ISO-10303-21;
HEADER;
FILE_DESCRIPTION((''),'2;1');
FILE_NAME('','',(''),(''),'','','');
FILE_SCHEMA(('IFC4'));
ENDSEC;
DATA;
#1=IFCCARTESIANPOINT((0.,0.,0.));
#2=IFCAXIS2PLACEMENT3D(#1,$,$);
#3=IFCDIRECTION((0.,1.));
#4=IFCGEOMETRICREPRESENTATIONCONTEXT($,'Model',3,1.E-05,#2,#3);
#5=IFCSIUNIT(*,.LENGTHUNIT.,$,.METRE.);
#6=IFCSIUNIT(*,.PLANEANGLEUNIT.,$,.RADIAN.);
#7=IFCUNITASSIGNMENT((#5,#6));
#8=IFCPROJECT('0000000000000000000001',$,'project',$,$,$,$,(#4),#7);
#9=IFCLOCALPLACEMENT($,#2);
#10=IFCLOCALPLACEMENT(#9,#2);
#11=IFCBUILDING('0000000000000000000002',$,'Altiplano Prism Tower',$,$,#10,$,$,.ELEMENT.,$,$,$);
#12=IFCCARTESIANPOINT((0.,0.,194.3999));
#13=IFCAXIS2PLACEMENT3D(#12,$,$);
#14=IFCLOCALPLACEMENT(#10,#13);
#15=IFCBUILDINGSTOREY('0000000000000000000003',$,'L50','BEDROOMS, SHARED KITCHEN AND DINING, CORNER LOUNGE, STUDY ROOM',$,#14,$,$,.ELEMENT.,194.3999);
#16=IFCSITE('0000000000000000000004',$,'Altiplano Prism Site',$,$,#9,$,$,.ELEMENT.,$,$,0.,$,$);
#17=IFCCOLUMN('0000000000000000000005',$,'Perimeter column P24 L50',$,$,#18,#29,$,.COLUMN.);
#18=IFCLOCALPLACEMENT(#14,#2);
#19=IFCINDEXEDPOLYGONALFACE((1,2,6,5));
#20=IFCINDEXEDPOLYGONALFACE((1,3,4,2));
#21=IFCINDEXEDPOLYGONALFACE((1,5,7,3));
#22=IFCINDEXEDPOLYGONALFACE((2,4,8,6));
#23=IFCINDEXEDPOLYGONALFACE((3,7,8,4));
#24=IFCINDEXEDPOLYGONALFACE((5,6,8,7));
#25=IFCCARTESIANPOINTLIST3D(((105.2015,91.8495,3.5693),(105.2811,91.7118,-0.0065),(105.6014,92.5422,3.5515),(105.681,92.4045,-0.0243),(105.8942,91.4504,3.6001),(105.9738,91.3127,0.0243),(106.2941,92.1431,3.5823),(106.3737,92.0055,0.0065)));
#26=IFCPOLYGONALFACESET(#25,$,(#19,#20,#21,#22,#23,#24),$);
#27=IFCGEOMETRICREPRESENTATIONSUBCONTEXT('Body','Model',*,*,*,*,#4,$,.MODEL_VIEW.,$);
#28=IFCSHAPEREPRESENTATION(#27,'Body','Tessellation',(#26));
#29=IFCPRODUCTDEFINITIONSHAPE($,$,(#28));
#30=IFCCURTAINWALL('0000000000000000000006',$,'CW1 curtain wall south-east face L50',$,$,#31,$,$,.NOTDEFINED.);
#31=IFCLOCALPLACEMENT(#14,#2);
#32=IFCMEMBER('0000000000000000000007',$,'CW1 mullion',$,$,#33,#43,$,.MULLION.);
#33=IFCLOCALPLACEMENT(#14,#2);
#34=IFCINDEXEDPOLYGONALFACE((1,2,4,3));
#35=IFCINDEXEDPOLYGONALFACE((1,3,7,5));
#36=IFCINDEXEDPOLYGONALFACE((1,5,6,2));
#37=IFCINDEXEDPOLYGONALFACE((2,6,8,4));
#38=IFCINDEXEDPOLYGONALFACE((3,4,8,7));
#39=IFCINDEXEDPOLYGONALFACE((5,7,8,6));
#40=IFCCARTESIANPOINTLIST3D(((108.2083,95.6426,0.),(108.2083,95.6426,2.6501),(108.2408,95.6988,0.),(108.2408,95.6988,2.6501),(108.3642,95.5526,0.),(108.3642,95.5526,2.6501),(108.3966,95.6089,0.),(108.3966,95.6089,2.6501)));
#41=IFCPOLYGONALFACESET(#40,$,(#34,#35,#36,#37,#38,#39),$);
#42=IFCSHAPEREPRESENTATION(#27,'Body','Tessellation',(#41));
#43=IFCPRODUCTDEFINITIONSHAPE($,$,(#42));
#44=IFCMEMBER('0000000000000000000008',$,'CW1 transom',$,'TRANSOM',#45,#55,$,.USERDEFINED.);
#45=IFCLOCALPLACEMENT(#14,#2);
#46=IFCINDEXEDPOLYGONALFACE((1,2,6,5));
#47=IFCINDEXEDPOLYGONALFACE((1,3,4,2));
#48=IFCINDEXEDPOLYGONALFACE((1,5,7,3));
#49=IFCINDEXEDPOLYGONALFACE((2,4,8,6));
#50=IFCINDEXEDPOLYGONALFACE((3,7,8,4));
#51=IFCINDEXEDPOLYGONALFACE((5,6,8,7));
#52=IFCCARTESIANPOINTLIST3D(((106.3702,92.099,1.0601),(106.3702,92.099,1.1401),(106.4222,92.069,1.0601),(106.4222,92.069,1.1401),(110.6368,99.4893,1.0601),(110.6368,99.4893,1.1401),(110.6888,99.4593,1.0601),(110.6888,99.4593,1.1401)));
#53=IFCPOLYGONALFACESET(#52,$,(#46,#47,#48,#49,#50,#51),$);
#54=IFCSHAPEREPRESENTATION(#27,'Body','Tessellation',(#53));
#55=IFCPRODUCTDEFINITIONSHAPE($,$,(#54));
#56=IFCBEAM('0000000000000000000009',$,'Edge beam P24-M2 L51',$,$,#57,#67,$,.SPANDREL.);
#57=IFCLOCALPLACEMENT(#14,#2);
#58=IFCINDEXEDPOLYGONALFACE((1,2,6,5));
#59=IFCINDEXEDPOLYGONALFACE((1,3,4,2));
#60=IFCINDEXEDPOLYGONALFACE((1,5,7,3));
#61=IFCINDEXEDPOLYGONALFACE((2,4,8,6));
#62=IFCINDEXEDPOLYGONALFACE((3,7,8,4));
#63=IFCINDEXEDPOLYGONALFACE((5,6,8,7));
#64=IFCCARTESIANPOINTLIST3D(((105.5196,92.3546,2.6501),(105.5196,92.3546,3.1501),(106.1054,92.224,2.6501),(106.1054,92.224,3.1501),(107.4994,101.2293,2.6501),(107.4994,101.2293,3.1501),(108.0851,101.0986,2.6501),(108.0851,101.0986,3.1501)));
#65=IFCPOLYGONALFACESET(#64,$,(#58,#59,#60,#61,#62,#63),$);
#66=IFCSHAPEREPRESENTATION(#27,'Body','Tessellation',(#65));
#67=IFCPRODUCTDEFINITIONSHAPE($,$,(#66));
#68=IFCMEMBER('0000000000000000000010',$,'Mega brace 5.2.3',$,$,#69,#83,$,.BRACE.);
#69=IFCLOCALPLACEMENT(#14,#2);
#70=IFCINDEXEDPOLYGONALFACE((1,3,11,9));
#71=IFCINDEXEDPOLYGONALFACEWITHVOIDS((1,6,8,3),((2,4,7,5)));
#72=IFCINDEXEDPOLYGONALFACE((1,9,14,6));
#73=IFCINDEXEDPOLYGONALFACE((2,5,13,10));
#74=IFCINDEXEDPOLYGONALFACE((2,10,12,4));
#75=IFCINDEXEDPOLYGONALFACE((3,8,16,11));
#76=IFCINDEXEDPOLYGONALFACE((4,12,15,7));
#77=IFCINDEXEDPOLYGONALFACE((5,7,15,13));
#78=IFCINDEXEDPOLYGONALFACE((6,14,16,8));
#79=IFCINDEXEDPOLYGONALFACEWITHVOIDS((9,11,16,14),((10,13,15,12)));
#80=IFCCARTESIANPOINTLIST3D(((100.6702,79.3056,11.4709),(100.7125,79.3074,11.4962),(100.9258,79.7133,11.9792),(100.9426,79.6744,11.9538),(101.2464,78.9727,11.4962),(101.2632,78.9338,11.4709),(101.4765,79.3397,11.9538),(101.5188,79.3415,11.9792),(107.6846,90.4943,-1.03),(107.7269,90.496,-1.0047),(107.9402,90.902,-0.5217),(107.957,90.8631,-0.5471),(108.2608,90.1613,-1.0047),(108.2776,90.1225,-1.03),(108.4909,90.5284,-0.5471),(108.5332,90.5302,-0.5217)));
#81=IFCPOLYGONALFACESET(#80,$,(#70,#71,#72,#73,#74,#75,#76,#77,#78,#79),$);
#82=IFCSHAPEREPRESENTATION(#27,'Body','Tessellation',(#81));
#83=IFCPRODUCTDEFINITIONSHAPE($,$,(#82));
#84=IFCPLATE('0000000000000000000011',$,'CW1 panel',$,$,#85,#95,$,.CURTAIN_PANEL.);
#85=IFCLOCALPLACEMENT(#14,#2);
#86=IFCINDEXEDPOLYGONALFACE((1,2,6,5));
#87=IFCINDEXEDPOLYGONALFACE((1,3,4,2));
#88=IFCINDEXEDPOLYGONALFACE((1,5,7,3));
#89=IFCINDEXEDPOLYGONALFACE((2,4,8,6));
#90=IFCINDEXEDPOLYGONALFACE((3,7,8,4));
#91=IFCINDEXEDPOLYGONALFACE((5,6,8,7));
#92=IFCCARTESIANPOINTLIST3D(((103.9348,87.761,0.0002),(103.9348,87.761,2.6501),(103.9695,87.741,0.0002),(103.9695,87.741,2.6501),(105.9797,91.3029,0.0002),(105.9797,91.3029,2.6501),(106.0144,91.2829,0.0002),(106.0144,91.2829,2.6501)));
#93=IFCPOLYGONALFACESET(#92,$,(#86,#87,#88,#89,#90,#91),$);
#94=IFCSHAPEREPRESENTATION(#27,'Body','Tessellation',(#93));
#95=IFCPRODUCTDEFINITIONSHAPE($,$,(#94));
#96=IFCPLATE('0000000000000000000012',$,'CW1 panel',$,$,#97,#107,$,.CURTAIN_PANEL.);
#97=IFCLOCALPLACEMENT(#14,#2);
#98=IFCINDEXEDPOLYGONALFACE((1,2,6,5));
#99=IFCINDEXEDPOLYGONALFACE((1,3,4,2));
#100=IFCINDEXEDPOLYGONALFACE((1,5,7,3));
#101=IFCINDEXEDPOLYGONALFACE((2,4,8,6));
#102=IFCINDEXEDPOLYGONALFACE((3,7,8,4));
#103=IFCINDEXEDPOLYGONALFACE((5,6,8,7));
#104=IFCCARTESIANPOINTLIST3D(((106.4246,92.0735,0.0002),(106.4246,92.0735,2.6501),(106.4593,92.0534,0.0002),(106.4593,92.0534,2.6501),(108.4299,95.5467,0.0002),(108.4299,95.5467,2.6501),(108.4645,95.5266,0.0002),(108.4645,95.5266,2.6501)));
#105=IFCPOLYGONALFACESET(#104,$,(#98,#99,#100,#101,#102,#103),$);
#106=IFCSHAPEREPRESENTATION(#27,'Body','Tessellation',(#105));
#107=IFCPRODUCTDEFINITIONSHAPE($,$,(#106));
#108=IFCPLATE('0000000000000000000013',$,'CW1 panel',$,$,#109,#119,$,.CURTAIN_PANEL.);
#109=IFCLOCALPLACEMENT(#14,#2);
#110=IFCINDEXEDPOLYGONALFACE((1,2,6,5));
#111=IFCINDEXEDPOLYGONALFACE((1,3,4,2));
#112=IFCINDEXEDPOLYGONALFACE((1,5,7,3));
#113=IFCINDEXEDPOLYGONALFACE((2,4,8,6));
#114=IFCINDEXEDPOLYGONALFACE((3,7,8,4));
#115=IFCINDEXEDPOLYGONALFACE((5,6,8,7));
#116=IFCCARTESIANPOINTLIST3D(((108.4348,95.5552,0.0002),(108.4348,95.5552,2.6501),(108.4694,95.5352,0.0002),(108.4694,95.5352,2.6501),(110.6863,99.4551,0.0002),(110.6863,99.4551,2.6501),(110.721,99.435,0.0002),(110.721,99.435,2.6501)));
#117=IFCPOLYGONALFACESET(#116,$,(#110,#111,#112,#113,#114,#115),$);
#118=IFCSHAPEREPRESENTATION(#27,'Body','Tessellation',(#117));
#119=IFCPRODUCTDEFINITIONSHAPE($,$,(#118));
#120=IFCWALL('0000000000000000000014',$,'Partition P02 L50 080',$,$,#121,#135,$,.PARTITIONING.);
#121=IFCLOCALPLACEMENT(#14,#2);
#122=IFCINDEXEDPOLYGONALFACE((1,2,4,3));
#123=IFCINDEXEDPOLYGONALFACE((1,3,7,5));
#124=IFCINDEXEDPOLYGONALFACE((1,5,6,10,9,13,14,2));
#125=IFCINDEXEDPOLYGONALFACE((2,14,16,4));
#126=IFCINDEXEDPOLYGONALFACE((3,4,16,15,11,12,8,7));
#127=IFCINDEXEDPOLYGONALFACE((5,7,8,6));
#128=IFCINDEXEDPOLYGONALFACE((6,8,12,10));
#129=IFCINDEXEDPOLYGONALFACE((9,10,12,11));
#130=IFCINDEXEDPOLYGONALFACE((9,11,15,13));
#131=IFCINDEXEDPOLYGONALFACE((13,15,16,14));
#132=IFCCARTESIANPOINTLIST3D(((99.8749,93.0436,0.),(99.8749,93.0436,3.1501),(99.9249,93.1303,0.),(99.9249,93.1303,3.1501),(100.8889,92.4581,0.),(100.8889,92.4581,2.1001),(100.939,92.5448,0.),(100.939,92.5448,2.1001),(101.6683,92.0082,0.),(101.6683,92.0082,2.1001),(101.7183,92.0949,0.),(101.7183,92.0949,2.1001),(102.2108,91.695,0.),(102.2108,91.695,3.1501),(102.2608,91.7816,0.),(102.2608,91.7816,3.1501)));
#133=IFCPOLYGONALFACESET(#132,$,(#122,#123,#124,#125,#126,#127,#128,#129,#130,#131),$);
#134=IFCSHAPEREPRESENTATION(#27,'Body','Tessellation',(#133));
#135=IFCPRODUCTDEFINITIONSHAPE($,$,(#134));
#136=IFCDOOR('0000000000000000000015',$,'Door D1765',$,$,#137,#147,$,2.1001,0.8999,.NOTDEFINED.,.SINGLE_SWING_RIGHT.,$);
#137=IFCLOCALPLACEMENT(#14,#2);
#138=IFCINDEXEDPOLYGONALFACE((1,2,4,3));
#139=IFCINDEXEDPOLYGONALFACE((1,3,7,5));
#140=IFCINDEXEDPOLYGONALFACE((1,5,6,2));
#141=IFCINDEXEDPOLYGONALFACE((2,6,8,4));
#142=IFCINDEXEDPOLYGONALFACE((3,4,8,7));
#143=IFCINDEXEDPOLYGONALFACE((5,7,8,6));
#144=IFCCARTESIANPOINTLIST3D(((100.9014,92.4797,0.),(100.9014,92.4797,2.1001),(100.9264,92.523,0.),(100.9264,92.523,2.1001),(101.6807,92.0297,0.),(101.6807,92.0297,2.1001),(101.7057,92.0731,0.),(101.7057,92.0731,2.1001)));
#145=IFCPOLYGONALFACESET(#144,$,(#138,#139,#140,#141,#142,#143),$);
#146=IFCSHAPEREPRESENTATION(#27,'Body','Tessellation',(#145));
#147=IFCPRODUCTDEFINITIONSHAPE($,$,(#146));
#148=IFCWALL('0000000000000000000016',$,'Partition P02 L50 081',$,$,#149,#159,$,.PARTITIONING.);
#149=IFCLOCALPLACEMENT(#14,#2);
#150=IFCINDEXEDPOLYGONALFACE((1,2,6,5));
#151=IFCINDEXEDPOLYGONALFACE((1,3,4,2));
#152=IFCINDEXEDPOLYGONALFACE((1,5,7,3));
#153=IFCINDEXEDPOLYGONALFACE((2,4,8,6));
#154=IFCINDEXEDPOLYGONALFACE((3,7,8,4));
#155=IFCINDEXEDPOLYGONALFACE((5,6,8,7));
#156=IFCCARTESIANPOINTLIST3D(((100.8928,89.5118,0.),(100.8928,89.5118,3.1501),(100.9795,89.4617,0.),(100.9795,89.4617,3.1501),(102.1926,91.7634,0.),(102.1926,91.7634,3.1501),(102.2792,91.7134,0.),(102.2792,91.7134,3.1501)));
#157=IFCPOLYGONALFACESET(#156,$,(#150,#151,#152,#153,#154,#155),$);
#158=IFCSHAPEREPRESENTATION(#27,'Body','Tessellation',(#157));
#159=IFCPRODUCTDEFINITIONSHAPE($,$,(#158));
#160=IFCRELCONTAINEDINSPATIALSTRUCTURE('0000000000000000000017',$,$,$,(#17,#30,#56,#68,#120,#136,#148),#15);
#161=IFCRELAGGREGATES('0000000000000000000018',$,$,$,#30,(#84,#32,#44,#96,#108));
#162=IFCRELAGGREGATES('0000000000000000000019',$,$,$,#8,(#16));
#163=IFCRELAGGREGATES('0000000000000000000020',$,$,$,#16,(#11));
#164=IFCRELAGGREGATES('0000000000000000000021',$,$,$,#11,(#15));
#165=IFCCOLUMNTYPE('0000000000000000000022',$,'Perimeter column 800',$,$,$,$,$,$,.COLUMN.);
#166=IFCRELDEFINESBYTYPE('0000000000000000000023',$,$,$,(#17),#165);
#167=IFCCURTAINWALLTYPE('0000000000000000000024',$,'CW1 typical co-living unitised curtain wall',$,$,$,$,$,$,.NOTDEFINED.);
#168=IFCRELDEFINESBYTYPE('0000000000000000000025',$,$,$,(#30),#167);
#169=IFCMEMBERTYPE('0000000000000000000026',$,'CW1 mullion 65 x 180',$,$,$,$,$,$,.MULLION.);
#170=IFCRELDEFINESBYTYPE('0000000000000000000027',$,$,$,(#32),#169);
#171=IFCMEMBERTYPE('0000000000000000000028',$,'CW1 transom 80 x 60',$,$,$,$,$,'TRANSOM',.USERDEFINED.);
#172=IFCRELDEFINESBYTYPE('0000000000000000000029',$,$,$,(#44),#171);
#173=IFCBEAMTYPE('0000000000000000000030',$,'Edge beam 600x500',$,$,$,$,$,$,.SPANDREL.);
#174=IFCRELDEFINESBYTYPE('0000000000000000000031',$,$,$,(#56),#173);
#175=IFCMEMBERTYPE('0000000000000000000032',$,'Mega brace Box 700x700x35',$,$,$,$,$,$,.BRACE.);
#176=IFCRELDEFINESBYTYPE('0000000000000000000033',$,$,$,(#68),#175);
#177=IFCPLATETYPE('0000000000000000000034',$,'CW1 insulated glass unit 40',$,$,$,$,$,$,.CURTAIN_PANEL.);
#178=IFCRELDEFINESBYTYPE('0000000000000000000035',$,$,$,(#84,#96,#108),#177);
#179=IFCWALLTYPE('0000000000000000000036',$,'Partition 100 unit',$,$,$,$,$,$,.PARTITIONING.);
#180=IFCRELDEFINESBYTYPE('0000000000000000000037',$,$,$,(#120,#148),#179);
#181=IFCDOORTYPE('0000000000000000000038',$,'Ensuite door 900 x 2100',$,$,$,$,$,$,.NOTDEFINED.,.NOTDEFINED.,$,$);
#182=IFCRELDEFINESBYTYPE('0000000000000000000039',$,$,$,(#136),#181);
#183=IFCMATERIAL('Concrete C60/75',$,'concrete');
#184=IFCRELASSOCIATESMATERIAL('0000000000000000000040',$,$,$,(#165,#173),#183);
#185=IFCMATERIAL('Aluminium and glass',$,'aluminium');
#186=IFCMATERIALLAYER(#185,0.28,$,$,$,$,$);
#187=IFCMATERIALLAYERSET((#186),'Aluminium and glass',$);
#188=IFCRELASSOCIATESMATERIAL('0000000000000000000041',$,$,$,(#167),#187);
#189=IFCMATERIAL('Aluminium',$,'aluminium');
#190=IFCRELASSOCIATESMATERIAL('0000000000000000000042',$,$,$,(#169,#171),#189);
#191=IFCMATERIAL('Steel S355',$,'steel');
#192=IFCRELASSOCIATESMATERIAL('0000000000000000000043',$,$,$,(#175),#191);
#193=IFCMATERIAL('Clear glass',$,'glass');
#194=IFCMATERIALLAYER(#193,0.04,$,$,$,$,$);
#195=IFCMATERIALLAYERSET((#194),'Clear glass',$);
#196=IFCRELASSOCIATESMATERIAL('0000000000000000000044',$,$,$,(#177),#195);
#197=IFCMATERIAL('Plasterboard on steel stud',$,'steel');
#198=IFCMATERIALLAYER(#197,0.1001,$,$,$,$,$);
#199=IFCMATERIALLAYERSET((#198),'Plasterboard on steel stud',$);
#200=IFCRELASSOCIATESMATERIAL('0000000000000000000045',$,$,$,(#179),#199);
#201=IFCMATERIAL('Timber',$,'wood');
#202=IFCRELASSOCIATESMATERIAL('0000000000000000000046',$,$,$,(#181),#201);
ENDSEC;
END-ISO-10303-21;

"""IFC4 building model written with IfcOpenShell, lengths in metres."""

from ifc_helpers import new_model, si_unit, direction, frame, frame_2d, origin, origin_2d, place, context, subcontext, project, spatial, rectangle, hollow_rectangle, extrude, material, layer, layer_set, material_profile, profile_set, type_object, element, fill, aggregate, save


model = new_model("IFC4")

# Units and contexts
model_context = context("Model", 3, precision=1e-05, world=origin(), true_north=direction((0.0, 1.0)))
body_context = subcontext(model_context, "Body", "Model", "MODEL_VIEW")
ifc_project = project(units=[si_unit("LENGTHUNIT", "METRE"), si_unit("PLANEANGLEUNIT", "RADIAN")], contexts=[model_context])

# Site, building, storey
site_placement = place(None, origin())
site = spatial("IfcSite", under=ifc_project, at=site_placement, Name="Altiplano Prism Site", CompositionType="ELEMENT", RefElevation=0.0)
building_placement = place(site_placement, origin())
building = spatial("IfcBuilding", under=site, at=building_placement, Name="Altiplano Prism Tower", CompositionType="ELEMENT")
storey_placement = place(building_placement, frame((0.0, 0.0, 194.3999)))
storey = spatial("IfcBuildingStorey", under=building, at=storey_placement, Name="L50", Description="BEDROOMS, SHARED KITCHEN AND DINING, CORNER LOUNGE, STUDY ROOM", CompositionType="ELEMENT", Elevation=194.3999)

# Column
ifc_material_1 = material(Name="Concrete C60/75", Category="concrete")
ifc_material_profile_1 = material_profile(ifc_material_1, rectangle(XDim=0.8, YDim=0.8, at=origin_2d()), Name="Perimeter column 800")
ifc_profile_set_1 = profile_set([ifc_material_profile_1], Name="Concrete C60/75")
column_type = type_object("IfcColumnType", Name="Perimeter column 800", PredefinedType="COLUMN", material=ifc_profile_set_1)
column_placement = place(storey_placement, frame((105.8274, 91.8586, 0.0), z_axis=(-0.022235, 0.038468, 0.999012), x_axis=(-0.499818, -0.865846, 0.022216)))
element("IfcColumn", 1, at=column_placement, inside=storey, type_object=column_type, Name="Perimeter column P24 L50", PredefinedType="COLUMN", context=body_context, shape_type="SweptSolid", body=[
    extrude(rectangle(XDim=0.8, YDim=0.8, at=origin_2d()), origin(), (0.0, 0.0, 1.0), 3.5793),
])

# Curtain wall, members
ifc_material_2 = material(Name="Aluminium and glass", Category="aluminium")
ifc_layer_1 = layer(ifc_material_2, 0.28)
ifc_layer_set_1 = layer_set([ifc_layer_1], Name="Aluminium and glass")
curtain_wall_type = type_object("IfcCurtainWallType", Name="CW1 typical co-living unitised curtain wall", PredefinedType="NOTDEFINED", material=ifc_layer_set_1)
curtain_wall_placement = place(storey_placement, origin())
curtain_wall = element("IfcCurtainWall", 2, at=curtain_wall_placement, inside=storey, type_object=curtain_wall_type, Name="CW1 curtain wall south-east face L50", PredefinedType="NOTDEFINED")
ifc_material_3 = material(Name="Aluminium", Category="aluminium")
ifc_material_profile_2 = material_profile(ifc_material_3, rectangle(XDim=0.1799, YDim=0.0649, at=origin_2d()), Name="CW1 mullion 65 x 180")
ifc_profile_set_2 = profile_set([ifc_material_profile_2], Name="Aluminium")
member_type_1 = type_object("IfcMemberType", Name="CW1 mullion 65 x 180", PredefinedType="MULLION", material=ifc_profile_set_2)
member_1_placement = place(storey_placement, frame((108.3025, 95.6257, 0.0), z_axis=(0.0, 0.0, 1.0), x_axis=(-0.866025, 0.5, 0.0)))
member_1 = element("IfcMember", 3, at=member_1_placement, type_object=member_type_1, Name="CW1 mullion", PredefinedType="MULLION", context=body_context, shape_type="SweptSolid", body=[
    extrude(rectangle(XDim=0.1799, YDim=0.0649, at=origin_2d()), origin(), (0.0, 0.0, 1.0), 2.6501),
])
ifc_material_profile_3 = material_profile(ifc_material_3, rectangle(XDim=0.0601, YDim=0.0801, at=origin_2d()), Name="CW1 transom 80 x 60")
ifc_profile_set_3 = profile_set([ifc_material_profile_3], Name="Aluminium")
member_type_2 = type_object("IfcMemberType", Name="CW1 transom 80 x 60", ElementType="TRANSOM", PredefinedType="USERDEFINED", material=ifc_profile_set_3)
member_2_placement = place(storey_placement, frame((106.3962, 92.084, 1.1001), z_axis=(0.499979, 0.866037, 0.0), x_axis=(-0.866037, 0.499979, 0.0)))
member_2 = element("IfcMember", 4, at=member_2_placement, type_object=member_type_2, Name="CW1 transom", ObjectType="TRANSOM", PredefinedType="USERDEFINED", context=body_context, shape_type="SweptSolid", body=[
    extrude(rectangle(XDim=0.0601, YDim=0.0801, at=origin_2d()), origin(), (0.0, 0.0, 1.0), 8.5334),
])

# Beam
ifc_material_profile_4 = material_profile(ifc_material_1, rectangle(XDim=0.6001, YDim=0.5, at=origin_2d()), Name="Edge beam 600x500")
ifc_profile_set_4 = profile_set([ifc_material_profile_4], Name="Concrete C60/75")
beam_type = type_object("IfcBeamType", Name="Edge beam 600x500", PredefinedType="SPANDREL", material=ifc_profile_set_4)
beam_placement = place(storey_placement, frame((105.8125, 92.2893, 2.9001), z_axis=(0.217729, 0.976009, 0.0), x_axis=(-0.976009, 0.217729, 0.0)))
element("IfcBeam", 5, at=beam_placement, inside=storey, type_object=beam_type, Name="Edge beam P24-M2 L51", PredefinedType="SPANDREL", context=body_context, shape_type="SweptSolid", body=[
    extrude(rectangle(XDim=0.6001, YDim=0.5, at=origin_2d()), origin(), (0.0, 0.0, 1.0), 9.0928),
])

# Member
ifc_material_4 = material(Name="Steel S355", Category="steel")
ifc_material_profile_5 = material_profile(ifc_material_4, hollow_rectangle(XDim=0.7, YDim=0.7, WallThickness=0.0349, at=origin_2d()), Name="Mega brace Box 700x700x35")
ifc_profile_set_5 = profile_set([ifc_material_profile_5], Name="Steel S355")
member_type_3 = type_object("IfcMemberType", Name="Mega brace Box 700x700x35", PredefinedType="BRACE", material=ifc_profile_set_5)
member_3_placement = place(storey_placement, frame((108.1089, 90.5122, -0.7759), z_axis=(-0.385743, -0.6153, 0.687465), x_axis=(0.847267, -0.531167, 0.0)))
element("IfcMember", 6, at=member_3_placement, inside=storey, type_object=member_type_3, Name="Mega brace 5.2.3", PredefinedType="BRACE", context=body_context, shape_type="SweptSolid", body=[
    extrude(hollow_rectangle(XDim=0.7, YDim=0.7, WallThickness=0.0349, at=origin_2d()), origin(), (0.0, 0.0, 1.0), 18.1841),
])

# Plates
ifc_material_5 = material(Name="Clear glass", Category="glass")
ifc_layer_2 = layer(ifc_material_5, 0.04)
ifc_layer_set_2 = layer_set([ifc_layer_2], Name="Clear glass")
plate_type = type_object("IfcPlateType", Name="CW1 insulated glass unit 40", PredefinedType="CURTAIN_PANEL", material=ifc_layer_set_2)
plate_1_placement = place(storey_placement, frame((104.9746, 89.522, 0.0002), z_axis=(0.0, 0.0, 1.0), x_axis=(0.5, 0.866025, 0.0)))
plate_1 = element("IfcPlate", 7, at=plate_1_placement, type_object=plate_type, Name="CW1 panel", PredefinedType="CURTAIN_PANEL", context=body_context, shape_type="SweptSolid", body=[
    extrude(rectangle(XDim=4.0898, YDim=0.04, at=origin_2d()), origin(), (0.0, 0.0, 1.0), 2.6499),
])
plate_2_placement = place(storey_placement, frame((107.4446, 93.8, 0.0002), z_axis=(0.0, 0.0, 1.0), x_axis=(0.5, 0.866025, 0.0)))
plate_2 = element("IfcPlate", 8, at=plate_2_placement, type_object=plate_type, Name="CW1 panel", PredefinedType="CURTAIN_PANEL", context=body_context, shape_type="SweptSolid", body=[
    extrude(rectangle(XDim=4.0105, YDim=0.04, at=origin_2d()), origin(), (0.0, 0.0, 1.0), 2.6499),
])
plate_3_placement = place(storey_placement, frame((109.5779, 97.4951, 0.0002), z_axis=(0.0, 0.0, 1.0), x_axis=(0.5, 0.866025, 0.0)))
plate_3 = element("IfcPlate", 9, at=plate_3_placement, type_object=plate_type, Name="CW1 panel", PredefinedType="CURTAIN_PANEL", context=body_context, shape_type="SweptSolid", body=[
    extrude(rectangle(XDim=4.5032, YDim=0.04, at=origin_2d()), origin(), (0.0, 0.0, 1.0), 2.6499),
])
aggregate(curtain_wall, [plate_1, member_1, member_2, plate_2, plate_3])

# Wall, opening, door
ifc_material_6 = material(Name="Plasterboard on steel stud", Category="steel")
ifc_layer_3 = layer(ifc_material_6, 0.1001)
ifc_layer_set_3 = layer_set([ifc_layer_3], Name="Plasterboard on steel stud")
wall_type_1 = type_object("IfcWallType", Name="Partition 100 unit", PredefinedType="PARTITIONING", material=ifc_layer_set_3)
wall_1_placement = place(storey_placement, frame((99.8999, 93.0869, 0.0), z_axis=(0.0, 0.0, 1.0), x_axis=(0.866029, -0.499994, 0.0)))
wall_1 = element("IfcWall", 10, at=wall_1_placement, inside=storey, type_object=wall_type_1, Name="Partition P02 L50 080", PredefinedType="PARTITIONING", context=body_context, shape_type="SweptSolid", body=[
    extrude(rectangle(XDim=2.6973, YDim=0.1001, at=frame_2d((1.3486, 0.0))), origin(), (0.0, 0.0, 1.0), 3.1501),
])
opening_1_placement = place(wall_1_placement, frame((1.1709, 0.0, 0.0)))
opening_1 = element("IfcOpeningElement", 11, at=opening_1_placement, cuts=wall_1, PredefinedType="OPENING", context=body_context, shape_type="SweptSolid", body=[
    extrude(rectangle(XDim=0.8999, YDim=2.1001, at=frame_2d((0.45, 1.05))), frame((0.0, 0.0605, 0.0), z_axis=(0.0, -1.0, 0.0), x_axis=(1.0, 0.0, 0.0)), (0.0, 0.0, 1.0), 0.1211),
])
ifc_material_7 = material(Name="Timber", Category="wood")
door_type_1 = type_object("IfcDoorType", Name="Ensuite door 900 x 2100", OperationType="NOTDEFINED", PredefinedType="NOTDEFINED", material=ifc_material_7)
door_1_placement = place(opening_1_placement, origin())
door_1 = element("IfcDoor", 12, at=door_1_placement, inside=storey, type_object=door_type_1, Name="Door D1765", OperationType="SINGLE_SWING_RIGHT", OverallHeight=2.1001, OverallWidth=0.8999, PredefinedType="NOTDEFINED", context=body_context, shape_type="SweptSolid", body=[
    extrude(rectangle(XDim=0.8999, YDim=2.1001, at=frame_2d((0.45, 1.05))), frame((0.0, 0.0249, 0.0), z_axis=(0.0, -1.0, 0.0), x_axis=(1.0, 0.0, 0.0)), (0.0, 0.0, 1.0), 0.05),
])
fill(opening_1, door_1)

# Wall
wall_2_placement = place(storey_placement, frame((102.2358, 91.7383, 0.0), z_axis=(0.0, 0.0, 1.0), x_axis=(-0.499937, -0.866062, 0.0)))
element("IfcWall", 13, at=wall_2_placement, inside=storey, type_object=wall_type_1, Name="Partition P02 L50 081", PredefinedType="PARTITIONING", context=body_context, shape_type="SweptSolid", body=[
    extrude(rectangle(XDim=2.5999, YDim=0.1001, at=frame_2d((1.2998, 0.0))), origin(), (0.0, 0.0, 1.0), 3.1501),
])

save(model, "model.ifc")
